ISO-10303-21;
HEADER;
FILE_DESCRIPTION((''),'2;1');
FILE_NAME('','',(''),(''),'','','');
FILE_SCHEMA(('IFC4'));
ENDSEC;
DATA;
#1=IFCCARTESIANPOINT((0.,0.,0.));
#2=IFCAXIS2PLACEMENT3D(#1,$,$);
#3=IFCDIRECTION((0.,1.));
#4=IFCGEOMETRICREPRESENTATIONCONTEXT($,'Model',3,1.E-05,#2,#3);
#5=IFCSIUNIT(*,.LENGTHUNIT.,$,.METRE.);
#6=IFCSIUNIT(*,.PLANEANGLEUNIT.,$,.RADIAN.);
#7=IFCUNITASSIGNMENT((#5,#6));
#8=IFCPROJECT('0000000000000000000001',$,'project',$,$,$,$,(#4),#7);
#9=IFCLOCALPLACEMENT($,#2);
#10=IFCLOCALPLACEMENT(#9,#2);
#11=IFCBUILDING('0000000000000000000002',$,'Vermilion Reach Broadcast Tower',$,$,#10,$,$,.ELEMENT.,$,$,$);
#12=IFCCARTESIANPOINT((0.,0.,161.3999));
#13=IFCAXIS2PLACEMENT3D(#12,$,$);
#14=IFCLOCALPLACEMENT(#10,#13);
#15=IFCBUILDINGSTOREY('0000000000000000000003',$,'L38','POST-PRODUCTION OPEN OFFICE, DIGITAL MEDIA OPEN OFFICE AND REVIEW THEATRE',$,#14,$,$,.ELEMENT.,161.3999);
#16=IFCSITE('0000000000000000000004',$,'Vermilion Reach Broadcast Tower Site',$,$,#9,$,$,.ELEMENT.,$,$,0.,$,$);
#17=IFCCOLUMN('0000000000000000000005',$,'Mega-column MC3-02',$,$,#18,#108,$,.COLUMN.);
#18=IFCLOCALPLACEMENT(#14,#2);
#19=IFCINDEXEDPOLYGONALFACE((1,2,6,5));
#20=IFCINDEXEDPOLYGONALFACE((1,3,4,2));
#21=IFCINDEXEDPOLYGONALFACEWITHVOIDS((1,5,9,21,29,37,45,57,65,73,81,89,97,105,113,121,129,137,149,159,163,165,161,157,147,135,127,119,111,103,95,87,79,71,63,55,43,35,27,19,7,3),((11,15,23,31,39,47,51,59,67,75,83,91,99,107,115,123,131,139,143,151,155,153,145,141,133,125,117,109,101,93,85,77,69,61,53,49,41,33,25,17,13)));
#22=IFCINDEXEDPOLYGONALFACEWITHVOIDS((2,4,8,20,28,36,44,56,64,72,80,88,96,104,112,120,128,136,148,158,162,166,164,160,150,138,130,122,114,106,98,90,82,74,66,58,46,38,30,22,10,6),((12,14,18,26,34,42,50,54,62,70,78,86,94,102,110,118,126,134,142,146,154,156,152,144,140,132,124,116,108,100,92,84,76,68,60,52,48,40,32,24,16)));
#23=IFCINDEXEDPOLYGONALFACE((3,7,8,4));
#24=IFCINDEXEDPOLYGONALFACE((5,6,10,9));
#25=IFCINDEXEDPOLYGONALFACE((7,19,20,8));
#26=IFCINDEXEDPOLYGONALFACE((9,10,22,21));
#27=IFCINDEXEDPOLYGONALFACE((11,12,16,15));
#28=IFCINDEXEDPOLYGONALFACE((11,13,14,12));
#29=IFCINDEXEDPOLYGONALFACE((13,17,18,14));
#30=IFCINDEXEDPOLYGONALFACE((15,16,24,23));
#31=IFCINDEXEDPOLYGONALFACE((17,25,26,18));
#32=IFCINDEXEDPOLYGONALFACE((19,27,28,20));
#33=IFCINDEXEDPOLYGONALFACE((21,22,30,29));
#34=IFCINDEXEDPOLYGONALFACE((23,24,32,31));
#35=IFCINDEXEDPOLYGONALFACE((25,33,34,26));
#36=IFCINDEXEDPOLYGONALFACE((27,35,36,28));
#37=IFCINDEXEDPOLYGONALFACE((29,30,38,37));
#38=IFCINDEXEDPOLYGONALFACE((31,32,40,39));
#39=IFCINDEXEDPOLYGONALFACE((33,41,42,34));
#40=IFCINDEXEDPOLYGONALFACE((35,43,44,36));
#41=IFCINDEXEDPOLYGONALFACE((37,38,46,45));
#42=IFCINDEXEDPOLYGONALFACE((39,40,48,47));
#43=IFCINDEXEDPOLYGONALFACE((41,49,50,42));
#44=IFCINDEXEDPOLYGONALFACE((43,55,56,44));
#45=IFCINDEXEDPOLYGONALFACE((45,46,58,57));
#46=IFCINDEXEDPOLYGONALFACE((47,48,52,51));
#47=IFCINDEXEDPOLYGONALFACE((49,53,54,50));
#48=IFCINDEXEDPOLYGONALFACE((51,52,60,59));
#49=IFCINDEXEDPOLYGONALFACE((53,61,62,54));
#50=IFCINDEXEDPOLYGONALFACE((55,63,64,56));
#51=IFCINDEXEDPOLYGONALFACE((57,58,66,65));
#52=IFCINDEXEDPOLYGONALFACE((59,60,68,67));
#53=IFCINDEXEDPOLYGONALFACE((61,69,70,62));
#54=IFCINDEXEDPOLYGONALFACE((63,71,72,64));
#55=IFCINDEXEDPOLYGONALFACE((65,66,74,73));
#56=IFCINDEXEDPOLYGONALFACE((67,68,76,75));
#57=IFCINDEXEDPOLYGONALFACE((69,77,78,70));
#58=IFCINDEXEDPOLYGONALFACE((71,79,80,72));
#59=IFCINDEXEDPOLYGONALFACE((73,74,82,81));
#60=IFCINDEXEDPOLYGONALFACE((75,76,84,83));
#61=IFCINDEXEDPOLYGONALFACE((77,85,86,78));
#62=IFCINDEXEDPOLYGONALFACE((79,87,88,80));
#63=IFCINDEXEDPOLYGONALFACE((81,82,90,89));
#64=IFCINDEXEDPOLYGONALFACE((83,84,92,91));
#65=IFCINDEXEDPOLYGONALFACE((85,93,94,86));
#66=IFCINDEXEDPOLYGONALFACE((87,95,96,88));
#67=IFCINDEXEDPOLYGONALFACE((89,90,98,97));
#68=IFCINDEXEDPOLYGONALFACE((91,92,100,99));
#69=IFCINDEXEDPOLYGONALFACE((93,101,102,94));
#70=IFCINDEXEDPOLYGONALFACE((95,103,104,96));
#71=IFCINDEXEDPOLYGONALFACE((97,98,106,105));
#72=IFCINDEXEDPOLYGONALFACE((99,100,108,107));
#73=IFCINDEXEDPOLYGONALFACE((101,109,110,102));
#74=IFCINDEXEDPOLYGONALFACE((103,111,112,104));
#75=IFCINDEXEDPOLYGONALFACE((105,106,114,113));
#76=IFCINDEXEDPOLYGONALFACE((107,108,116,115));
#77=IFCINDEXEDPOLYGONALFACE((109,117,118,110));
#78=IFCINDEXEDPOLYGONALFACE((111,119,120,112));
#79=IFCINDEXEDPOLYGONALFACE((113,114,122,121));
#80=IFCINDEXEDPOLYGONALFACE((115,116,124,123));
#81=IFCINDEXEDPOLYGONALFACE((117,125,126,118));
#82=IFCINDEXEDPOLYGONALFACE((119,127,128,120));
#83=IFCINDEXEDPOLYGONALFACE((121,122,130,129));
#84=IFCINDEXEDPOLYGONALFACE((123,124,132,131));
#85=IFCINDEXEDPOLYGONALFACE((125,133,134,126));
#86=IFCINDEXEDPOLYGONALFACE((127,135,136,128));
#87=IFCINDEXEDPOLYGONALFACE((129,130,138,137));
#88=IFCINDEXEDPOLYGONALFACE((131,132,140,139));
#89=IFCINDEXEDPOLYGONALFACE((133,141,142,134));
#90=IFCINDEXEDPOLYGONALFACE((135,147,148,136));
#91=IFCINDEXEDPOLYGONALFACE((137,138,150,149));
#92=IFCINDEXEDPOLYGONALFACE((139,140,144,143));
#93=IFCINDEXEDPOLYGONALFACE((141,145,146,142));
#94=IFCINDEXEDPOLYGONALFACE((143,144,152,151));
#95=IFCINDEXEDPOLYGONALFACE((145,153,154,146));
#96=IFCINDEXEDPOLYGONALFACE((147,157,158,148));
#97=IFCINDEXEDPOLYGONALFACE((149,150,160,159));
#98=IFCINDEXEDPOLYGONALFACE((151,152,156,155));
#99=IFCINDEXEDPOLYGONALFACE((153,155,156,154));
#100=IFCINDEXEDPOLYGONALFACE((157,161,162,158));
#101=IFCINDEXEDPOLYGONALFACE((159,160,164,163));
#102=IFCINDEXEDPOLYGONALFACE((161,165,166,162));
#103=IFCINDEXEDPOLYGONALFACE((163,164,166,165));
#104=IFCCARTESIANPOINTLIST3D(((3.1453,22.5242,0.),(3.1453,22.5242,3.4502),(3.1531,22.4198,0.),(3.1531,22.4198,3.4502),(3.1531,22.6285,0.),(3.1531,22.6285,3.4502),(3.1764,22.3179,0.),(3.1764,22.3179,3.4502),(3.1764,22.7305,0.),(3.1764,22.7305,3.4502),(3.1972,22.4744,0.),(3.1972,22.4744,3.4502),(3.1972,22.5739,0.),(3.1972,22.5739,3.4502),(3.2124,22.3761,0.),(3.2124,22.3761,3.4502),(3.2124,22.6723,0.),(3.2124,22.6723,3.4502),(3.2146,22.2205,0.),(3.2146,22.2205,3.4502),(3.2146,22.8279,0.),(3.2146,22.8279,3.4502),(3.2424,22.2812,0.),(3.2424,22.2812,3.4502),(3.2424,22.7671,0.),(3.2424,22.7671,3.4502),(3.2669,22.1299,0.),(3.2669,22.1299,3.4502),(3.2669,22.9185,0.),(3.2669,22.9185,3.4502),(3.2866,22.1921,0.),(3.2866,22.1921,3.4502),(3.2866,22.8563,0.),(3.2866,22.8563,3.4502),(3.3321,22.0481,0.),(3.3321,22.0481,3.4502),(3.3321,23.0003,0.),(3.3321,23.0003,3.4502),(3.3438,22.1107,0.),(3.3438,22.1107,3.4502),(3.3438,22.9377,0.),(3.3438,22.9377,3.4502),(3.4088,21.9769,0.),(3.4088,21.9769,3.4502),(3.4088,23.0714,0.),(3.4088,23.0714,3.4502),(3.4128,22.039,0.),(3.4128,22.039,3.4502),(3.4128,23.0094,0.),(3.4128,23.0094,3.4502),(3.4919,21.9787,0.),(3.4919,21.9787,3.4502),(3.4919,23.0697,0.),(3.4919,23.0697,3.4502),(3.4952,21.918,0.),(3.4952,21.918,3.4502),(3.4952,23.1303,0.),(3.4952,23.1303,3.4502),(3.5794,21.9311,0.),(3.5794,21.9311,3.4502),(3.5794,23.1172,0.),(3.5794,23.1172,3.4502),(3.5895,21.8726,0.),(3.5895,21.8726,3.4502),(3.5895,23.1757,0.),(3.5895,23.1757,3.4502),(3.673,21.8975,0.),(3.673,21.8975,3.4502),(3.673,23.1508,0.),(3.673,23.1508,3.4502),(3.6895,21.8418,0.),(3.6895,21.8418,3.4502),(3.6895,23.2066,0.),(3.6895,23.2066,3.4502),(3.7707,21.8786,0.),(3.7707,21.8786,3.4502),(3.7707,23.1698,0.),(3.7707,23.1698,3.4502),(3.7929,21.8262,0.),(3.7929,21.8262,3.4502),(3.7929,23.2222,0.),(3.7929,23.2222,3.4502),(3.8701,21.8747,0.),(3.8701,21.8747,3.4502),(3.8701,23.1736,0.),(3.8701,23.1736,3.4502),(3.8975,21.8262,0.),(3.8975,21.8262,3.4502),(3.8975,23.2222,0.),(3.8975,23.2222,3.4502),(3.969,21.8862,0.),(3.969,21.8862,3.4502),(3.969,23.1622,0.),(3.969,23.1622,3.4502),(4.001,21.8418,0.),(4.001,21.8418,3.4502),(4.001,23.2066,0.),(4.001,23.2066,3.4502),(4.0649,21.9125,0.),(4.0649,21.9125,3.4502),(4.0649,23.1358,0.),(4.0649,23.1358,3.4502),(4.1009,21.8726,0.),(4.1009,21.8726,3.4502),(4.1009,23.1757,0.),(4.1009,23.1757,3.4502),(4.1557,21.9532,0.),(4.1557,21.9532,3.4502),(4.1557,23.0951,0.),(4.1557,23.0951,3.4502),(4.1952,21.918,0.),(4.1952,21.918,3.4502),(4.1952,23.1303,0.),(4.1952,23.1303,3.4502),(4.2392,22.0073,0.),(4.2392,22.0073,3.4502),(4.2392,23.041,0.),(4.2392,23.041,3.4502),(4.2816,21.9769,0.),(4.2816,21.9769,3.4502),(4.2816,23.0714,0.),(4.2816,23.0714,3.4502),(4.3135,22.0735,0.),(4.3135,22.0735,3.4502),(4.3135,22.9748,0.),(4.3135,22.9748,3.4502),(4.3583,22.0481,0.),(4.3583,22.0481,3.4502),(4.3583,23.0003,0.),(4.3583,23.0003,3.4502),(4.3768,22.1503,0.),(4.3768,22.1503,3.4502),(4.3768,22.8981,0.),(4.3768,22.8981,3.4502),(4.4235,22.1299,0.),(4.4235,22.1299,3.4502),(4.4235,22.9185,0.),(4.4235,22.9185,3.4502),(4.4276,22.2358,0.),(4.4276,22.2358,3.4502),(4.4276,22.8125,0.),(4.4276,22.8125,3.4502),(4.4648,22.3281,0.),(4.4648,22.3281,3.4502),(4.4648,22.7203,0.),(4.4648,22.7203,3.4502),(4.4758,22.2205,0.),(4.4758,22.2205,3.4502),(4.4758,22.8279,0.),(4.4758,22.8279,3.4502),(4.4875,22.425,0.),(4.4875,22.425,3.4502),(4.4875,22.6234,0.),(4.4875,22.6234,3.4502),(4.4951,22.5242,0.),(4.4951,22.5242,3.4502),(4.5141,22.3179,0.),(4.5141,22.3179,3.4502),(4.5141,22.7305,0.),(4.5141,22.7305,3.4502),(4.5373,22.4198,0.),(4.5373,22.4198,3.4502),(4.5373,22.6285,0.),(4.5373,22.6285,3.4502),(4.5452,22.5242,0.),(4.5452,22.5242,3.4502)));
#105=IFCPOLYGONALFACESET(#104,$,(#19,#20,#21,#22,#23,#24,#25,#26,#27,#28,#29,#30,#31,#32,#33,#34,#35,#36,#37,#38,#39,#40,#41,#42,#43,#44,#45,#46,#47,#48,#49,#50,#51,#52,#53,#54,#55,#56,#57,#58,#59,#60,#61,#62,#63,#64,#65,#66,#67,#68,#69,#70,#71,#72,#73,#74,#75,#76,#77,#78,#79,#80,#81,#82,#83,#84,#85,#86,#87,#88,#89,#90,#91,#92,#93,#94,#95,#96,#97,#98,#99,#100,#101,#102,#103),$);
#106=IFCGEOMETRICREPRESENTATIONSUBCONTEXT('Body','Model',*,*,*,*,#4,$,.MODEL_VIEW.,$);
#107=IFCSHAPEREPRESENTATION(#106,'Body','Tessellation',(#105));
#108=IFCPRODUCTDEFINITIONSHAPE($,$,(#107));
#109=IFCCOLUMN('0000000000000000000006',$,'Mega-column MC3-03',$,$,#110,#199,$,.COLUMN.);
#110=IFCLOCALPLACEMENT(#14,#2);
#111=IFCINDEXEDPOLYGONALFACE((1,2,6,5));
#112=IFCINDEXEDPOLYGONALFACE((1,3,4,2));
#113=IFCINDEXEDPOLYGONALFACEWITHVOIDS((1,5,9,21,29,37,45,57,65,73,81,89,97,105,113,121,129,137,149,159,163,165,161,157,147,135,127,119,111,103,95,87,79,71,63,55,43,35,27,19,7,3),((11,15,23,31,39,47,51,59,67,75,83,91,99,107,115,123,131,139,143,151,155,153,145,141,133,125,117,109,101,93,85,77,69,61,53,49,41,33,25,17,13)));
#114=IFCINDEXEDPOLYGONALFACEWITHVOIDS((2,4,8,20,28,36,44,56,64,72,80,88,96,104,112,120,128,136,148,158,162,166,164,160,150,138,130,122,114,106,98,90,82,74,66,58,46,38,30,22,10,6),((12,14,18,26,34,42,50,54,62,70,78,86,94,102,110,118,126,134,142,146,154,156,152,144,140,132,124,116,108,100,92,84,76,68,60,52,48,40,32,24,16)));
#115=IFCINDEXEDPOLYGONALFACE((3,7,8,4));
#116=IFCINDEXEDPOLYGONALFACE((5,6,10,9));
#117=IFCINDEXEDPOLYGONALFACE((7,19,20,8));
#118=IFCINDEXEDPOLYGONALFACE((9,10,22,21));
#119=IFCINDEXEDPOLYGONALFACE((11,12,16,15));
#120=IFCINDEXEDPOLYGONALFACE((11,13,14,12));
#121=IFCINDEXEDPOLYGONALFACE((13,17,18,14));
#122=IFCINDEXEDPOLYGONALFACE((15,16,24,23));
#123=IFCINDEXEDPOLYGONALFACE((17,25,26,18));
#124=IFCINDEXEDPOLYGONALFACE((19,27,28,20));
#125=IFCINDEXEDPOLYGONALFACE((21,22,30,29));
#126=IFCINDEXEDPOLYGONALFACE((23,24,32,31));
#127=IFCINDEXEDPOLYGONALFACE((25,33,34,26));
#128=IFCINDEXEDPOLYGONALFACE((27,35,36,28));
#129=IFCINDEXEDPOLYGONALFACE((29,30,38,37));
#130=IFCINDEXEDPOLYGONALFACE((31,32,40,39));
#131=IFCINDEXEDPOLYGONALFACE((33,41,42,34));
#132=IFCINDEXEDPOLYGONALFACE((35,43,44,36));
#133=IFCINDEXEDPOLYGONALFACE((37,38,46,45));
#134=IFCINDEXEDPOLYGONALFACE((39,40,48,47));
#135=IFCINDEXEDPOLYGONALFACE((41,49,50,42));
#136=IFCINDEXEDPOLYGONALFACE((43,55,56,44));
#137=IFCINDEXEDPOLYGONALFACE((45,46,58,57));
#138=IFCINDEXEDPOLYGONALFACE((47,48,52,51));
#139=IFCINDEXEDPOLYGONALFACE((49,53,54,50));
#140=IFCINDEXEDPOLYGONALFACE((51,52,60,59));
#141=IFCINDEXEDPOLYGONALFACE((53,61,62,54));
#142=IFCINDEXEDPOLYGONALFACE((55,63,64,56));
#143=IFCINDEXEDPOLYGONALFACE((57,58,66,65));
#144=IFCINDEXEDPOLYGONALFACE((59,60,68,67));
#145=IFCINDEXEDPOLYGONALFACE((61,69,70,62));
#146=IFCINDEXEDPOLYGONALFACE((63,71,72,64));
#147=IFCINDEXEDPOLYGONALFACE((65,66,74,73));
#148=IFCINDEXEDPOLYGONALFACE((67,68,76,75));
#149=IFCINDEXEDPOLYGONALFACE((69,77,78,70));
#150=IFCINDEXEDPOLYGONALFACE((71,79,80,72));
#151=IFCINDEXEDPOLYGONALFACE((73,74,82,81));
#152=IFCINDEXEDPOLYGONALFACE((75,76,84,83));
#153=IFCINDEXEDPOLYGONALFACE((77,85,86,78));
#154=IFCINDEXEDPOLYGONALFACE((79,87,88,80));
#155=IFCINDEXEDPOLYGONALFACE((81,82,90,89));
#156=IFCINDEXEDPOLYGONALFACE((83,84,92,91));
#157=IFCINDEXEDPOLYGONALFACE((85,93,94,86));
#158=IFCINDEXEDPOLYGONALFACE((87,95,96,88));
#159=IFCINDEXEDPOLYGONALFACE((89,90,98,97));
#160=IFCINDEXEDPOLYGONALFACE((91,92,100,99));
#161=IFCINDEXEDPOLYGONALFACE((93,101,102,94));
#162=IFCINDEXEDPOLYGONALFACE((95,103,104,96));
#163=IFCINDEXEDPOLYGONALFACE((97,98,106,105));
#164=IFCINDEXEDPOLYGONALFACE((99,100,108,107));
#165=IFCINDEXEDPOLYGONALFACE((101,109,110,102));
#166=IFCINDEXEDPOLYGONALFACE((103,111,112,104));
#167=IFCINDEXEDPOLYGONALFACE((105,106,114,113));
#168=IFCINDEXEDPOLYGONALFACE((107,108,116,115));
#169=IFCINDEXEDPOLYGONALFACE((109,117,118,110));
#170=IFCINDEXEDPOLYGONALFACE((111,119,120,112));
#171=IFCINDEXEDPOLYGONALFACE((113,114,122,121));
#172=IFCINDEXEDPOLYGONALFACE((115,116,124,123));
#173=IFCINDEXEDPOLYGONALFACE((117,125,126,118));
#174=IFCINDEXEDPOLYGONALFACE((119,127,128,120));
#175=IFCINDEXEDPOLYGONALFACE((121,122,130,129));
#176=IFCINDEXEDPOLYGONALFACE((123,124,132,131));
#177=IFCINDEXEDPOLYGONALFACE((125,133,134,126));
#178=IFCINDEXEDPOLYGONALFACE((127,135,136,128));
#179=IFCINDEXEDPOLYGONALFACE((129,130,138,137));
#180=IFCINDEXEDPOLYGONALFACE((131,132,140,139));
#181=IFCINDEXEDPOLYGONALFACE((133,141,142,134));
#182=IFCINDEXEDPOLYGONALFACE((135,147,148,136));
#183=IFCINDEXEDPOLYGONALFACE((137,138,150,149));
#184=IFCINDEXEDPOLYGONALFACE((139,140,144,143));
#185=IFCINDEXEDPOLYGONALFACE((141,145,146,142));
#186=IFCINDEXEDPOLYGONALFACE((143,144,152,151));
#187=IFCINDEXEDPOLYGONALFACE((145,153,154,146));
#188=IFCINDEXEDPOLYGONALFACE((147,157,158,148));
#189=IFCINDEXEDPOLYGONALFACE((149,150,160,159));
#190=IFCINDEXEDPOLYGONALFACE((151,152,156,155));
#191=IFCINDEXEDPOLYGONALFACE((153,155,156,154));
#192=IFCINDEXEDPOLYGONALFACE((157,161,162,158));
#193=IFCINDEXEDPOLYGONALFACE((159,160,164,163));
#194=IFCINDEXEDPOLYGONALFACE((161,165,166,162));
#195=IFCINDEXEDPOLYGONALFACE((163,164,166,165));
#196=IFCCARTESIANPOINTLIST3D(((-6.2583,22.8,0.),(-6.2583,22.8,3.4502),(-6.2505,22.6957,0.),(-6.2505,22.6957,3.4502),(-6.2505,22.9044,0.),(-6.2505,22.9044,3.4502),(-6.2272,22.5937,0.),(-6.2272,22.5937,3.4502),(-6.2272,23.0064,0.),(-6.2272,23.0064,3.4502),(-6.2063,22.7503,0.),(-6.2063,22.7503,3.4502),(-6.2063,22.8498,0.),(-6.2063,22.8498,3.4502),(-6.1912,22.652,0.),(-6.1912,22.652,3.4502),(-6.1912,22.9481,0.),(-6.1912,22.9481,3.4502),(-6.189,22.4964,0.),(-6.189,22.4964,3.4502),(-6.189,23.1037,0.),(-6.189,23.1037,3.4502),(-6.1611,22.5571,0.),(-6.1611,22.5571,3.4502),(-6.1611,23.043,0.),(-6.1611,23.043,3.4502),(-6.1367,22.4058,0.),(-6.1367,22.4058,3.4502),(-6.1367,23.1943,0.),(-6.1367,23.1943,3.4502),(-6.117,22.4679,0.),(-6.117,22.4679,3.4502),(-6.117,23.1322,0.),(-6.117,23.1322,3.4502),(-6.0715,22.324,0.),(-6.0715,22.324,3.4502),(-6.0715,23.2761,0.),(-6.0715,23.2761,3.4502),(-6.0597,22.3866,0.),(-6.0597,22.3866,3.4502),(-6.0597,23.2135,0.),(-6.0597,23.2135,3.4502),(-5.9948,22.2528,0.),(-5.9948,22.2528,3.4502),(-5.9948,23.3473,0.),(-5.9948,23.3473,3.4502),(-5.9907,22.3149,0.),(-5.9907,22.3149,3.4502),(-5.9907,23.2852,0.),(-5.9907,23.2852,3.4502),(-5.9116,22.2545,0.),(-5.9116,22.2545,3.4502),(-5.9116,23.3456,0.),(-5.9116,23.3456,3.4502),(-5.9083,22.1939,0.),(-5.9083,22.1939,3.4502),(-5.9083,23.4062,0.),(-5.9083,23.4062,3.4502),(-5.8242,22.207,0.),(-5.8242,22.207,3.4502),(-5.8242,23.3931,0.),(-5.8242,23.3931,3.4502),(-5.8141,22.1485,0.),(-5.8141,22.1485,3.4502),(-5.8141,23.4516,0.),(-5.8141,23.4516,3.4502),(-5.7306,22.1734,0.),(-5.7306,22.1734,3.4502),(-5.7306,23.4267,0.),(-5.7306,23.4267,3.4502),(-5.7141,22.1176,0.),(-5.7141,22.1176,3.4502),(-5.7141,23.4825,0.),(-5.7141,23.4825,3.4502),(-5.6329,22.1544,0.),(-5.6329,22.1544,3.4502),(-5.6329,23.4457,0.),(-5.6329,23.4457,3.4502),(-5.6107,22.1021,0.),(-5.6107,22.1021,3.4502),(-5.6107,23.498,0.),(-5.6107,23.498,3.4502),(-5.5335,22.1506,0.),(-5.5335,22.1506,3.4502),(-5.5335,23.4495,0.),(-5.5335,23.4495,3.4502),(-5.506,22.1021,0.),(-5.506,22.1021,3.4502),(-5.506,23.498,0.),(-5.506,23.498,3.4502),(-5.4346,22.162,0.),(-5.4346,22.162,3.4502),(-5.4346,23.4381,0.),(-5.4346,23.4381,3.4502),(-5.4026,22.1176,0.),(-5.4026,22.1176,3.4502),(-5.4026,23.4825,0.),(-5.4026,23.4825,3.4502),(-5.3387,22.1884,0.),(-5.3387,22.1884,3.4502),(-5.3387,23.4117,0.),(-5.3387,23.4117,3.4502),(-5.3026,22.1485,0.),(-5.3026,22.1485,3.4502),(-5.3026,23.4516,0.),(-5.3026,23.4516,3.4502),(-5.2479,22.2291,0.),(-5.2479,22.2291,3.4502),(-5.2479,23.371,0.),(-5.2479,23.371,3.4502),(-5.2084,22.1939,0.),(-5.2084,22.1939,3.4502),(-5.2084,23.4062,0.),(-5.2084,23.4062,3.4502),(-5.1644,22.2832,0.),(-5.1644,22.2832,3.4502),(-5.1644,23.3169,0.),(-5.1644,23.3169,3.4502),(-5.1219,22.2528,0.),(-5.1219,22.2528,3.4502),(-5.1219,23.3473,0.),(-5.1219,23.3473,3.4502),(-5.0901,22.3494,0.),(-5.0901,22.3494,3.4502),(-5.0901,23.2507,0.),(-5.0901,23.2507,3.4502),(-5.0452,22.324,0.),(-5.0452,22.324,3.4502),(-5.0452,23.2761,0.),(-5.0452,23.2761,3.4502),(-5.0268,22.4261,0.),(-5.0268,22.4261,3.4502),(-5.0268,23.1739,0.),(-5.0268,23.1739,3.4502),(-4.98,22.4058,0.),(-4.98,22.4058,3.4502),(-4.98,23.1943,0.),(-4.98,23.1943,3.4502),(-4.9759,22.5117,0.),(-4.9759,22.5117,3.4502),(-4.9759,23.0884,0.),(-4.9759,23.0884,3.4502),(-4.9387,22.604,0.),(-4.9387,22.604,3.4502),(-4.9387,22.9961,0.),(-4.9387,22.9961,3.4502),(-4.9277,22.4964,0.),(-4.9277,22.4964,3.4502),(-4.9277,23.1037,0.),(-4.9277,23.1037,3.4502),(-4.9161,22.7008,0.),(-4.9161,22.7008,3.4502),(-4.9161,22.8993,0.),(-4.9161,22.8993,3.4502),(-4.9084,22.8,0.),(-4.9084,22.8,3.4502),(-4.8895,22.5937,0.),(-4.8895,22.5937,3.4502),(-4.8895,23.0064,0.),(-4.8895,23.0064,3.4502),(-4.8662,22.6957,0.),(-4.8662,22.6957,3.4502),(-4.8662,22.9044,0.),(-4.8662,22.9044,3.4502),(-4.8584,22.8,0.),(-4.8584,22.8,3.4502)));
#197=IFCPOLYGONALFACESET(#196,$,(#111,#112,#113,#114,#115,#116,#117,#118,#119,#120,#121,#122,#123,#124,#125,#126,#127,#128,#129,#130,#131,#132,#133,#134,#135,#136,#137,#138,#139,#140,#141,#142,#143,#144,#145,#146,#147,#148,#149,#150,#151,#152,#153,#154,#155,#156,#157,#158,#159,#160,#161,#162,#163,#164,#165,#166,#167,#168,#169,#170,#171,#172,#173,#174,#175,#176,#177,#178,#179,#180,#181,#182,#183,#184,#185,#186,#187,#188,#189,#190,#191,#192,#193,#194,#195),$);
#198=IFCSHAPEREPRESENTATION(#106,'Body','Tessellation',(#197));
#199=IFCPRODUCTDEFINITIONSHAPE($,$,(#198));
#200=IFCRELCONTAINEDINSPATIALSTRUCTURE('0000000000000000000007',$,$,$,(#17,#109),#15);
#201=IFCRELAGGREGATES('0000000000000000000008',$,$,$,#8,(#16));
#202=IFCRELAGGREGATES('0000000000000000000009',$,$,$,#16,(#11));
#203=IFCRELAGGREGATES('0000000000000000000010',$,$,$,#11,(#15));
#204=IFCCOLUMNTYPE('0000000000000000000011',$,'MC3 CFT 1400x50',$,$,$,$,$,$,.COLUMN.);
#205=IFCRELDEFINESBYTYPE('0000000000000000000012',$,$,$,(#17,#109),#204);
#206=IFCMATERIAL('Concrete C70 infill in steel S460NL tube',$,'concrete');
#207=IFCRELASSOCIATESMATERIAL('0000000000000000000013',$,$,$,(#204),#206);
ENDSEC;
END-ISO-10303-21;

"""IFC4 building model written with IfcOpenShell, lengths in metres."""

from ifc_helpers import new_model, si_unit, direction, frame, origin, origin_2d, place, context, subcontext, project, spatial, hollow_circle, extrude, material, material_profile, profile_set, type_object, element, save


model = new_model("IFC4")

# Units and contexts
model_context = context("Model", 3, precision=1e-05, world=origin(), true_north=direction((0.0, 1.0)))
body_context = subcontext(model_context, "Body", "Model", "MODEL_VIEW")
ifc_project = project(units=[si_unit("LENGTHUNIT", "METRE"), si_unit("PLANEANGLEUNIT", "RADIAN")], contexts=[model_context])

# Site, building, storey
site_placement = place(None, origin())
site = spatial("IfcSite", under=ifc_project, at=site_placement, Name="Vermilion Reach Broadcast Tower Site", CompositionType="ELEMENT", RefElevation=0.0)
building_placement = place(site_placement, origin())
building = spatial("IfcBuilding", under=site, at=building_placement, Name="Vermilion Reach Broadcast Tower", CompositionType="ELEMENT")
storey_placement = place(building_placement, frame((0.0, 0.0, 161.3999)))
storey = spatial("IfcBuildingStorey", under=building, at=storey_placement, Name="L38", Description="POST-PRODUCTION OPEN OFFICE, DIGITAL MEDIA OPEN OFFICE AND REVIEW THEATRE", CompositionType="ELEMENT", Elevation=161.3999)

# Columns
ifc_material_1 = material(Name="Concrete C70 infill in steel S460NL tube", Category="concrete")
ifc_material_profile_1 = material_profile(ifc_material_1, hollow_circle(Radius=0.7, WallThickness=0.05, at=origin_2d()), Name="Concrete C70 infill in steel S460NL tube CFT 1400x50")
ifc_profile_set_1 = profile_set([ifc_material_profile_1], Name="Concrete C70 infill in steel S460NL tube")
column_type = type_object("IfcColumnType", Name="MC3 CFT 1400x50", PredefinedType="COLUMN", material=ifc_profile_set_1)
for number, where, z_axis, x_axis, name in (
    (1, (3.8452, 22.5242, 0.0), (0.0, 0.0, 1.0), (1.0, 0.0, 0.0), "Mega-column MC3-02"),
    (2, (-5.5583, 22.8, 0.0), (0.0, 0.0, 1.0), (1.0, 0.0, 0.0), "Mega-column MC3-03"),
):
    element("IfcColumn", number, at=place(storey_placement, frame(where, z_axis=z_axis, x_axis=x_axis)), inside=storey, type_object=column_type, Name=name, PredefinedType="COLUMN", context=body_context, shape_type="SweptSolid", body=[
        extrude(hollow_circle(Radius=0.7, WallThickness=0.05, at=origin_2d()), origin(), (0.0, 0.0, 1.0), 3.4502),
    ])

save(model, "model.ifc")
